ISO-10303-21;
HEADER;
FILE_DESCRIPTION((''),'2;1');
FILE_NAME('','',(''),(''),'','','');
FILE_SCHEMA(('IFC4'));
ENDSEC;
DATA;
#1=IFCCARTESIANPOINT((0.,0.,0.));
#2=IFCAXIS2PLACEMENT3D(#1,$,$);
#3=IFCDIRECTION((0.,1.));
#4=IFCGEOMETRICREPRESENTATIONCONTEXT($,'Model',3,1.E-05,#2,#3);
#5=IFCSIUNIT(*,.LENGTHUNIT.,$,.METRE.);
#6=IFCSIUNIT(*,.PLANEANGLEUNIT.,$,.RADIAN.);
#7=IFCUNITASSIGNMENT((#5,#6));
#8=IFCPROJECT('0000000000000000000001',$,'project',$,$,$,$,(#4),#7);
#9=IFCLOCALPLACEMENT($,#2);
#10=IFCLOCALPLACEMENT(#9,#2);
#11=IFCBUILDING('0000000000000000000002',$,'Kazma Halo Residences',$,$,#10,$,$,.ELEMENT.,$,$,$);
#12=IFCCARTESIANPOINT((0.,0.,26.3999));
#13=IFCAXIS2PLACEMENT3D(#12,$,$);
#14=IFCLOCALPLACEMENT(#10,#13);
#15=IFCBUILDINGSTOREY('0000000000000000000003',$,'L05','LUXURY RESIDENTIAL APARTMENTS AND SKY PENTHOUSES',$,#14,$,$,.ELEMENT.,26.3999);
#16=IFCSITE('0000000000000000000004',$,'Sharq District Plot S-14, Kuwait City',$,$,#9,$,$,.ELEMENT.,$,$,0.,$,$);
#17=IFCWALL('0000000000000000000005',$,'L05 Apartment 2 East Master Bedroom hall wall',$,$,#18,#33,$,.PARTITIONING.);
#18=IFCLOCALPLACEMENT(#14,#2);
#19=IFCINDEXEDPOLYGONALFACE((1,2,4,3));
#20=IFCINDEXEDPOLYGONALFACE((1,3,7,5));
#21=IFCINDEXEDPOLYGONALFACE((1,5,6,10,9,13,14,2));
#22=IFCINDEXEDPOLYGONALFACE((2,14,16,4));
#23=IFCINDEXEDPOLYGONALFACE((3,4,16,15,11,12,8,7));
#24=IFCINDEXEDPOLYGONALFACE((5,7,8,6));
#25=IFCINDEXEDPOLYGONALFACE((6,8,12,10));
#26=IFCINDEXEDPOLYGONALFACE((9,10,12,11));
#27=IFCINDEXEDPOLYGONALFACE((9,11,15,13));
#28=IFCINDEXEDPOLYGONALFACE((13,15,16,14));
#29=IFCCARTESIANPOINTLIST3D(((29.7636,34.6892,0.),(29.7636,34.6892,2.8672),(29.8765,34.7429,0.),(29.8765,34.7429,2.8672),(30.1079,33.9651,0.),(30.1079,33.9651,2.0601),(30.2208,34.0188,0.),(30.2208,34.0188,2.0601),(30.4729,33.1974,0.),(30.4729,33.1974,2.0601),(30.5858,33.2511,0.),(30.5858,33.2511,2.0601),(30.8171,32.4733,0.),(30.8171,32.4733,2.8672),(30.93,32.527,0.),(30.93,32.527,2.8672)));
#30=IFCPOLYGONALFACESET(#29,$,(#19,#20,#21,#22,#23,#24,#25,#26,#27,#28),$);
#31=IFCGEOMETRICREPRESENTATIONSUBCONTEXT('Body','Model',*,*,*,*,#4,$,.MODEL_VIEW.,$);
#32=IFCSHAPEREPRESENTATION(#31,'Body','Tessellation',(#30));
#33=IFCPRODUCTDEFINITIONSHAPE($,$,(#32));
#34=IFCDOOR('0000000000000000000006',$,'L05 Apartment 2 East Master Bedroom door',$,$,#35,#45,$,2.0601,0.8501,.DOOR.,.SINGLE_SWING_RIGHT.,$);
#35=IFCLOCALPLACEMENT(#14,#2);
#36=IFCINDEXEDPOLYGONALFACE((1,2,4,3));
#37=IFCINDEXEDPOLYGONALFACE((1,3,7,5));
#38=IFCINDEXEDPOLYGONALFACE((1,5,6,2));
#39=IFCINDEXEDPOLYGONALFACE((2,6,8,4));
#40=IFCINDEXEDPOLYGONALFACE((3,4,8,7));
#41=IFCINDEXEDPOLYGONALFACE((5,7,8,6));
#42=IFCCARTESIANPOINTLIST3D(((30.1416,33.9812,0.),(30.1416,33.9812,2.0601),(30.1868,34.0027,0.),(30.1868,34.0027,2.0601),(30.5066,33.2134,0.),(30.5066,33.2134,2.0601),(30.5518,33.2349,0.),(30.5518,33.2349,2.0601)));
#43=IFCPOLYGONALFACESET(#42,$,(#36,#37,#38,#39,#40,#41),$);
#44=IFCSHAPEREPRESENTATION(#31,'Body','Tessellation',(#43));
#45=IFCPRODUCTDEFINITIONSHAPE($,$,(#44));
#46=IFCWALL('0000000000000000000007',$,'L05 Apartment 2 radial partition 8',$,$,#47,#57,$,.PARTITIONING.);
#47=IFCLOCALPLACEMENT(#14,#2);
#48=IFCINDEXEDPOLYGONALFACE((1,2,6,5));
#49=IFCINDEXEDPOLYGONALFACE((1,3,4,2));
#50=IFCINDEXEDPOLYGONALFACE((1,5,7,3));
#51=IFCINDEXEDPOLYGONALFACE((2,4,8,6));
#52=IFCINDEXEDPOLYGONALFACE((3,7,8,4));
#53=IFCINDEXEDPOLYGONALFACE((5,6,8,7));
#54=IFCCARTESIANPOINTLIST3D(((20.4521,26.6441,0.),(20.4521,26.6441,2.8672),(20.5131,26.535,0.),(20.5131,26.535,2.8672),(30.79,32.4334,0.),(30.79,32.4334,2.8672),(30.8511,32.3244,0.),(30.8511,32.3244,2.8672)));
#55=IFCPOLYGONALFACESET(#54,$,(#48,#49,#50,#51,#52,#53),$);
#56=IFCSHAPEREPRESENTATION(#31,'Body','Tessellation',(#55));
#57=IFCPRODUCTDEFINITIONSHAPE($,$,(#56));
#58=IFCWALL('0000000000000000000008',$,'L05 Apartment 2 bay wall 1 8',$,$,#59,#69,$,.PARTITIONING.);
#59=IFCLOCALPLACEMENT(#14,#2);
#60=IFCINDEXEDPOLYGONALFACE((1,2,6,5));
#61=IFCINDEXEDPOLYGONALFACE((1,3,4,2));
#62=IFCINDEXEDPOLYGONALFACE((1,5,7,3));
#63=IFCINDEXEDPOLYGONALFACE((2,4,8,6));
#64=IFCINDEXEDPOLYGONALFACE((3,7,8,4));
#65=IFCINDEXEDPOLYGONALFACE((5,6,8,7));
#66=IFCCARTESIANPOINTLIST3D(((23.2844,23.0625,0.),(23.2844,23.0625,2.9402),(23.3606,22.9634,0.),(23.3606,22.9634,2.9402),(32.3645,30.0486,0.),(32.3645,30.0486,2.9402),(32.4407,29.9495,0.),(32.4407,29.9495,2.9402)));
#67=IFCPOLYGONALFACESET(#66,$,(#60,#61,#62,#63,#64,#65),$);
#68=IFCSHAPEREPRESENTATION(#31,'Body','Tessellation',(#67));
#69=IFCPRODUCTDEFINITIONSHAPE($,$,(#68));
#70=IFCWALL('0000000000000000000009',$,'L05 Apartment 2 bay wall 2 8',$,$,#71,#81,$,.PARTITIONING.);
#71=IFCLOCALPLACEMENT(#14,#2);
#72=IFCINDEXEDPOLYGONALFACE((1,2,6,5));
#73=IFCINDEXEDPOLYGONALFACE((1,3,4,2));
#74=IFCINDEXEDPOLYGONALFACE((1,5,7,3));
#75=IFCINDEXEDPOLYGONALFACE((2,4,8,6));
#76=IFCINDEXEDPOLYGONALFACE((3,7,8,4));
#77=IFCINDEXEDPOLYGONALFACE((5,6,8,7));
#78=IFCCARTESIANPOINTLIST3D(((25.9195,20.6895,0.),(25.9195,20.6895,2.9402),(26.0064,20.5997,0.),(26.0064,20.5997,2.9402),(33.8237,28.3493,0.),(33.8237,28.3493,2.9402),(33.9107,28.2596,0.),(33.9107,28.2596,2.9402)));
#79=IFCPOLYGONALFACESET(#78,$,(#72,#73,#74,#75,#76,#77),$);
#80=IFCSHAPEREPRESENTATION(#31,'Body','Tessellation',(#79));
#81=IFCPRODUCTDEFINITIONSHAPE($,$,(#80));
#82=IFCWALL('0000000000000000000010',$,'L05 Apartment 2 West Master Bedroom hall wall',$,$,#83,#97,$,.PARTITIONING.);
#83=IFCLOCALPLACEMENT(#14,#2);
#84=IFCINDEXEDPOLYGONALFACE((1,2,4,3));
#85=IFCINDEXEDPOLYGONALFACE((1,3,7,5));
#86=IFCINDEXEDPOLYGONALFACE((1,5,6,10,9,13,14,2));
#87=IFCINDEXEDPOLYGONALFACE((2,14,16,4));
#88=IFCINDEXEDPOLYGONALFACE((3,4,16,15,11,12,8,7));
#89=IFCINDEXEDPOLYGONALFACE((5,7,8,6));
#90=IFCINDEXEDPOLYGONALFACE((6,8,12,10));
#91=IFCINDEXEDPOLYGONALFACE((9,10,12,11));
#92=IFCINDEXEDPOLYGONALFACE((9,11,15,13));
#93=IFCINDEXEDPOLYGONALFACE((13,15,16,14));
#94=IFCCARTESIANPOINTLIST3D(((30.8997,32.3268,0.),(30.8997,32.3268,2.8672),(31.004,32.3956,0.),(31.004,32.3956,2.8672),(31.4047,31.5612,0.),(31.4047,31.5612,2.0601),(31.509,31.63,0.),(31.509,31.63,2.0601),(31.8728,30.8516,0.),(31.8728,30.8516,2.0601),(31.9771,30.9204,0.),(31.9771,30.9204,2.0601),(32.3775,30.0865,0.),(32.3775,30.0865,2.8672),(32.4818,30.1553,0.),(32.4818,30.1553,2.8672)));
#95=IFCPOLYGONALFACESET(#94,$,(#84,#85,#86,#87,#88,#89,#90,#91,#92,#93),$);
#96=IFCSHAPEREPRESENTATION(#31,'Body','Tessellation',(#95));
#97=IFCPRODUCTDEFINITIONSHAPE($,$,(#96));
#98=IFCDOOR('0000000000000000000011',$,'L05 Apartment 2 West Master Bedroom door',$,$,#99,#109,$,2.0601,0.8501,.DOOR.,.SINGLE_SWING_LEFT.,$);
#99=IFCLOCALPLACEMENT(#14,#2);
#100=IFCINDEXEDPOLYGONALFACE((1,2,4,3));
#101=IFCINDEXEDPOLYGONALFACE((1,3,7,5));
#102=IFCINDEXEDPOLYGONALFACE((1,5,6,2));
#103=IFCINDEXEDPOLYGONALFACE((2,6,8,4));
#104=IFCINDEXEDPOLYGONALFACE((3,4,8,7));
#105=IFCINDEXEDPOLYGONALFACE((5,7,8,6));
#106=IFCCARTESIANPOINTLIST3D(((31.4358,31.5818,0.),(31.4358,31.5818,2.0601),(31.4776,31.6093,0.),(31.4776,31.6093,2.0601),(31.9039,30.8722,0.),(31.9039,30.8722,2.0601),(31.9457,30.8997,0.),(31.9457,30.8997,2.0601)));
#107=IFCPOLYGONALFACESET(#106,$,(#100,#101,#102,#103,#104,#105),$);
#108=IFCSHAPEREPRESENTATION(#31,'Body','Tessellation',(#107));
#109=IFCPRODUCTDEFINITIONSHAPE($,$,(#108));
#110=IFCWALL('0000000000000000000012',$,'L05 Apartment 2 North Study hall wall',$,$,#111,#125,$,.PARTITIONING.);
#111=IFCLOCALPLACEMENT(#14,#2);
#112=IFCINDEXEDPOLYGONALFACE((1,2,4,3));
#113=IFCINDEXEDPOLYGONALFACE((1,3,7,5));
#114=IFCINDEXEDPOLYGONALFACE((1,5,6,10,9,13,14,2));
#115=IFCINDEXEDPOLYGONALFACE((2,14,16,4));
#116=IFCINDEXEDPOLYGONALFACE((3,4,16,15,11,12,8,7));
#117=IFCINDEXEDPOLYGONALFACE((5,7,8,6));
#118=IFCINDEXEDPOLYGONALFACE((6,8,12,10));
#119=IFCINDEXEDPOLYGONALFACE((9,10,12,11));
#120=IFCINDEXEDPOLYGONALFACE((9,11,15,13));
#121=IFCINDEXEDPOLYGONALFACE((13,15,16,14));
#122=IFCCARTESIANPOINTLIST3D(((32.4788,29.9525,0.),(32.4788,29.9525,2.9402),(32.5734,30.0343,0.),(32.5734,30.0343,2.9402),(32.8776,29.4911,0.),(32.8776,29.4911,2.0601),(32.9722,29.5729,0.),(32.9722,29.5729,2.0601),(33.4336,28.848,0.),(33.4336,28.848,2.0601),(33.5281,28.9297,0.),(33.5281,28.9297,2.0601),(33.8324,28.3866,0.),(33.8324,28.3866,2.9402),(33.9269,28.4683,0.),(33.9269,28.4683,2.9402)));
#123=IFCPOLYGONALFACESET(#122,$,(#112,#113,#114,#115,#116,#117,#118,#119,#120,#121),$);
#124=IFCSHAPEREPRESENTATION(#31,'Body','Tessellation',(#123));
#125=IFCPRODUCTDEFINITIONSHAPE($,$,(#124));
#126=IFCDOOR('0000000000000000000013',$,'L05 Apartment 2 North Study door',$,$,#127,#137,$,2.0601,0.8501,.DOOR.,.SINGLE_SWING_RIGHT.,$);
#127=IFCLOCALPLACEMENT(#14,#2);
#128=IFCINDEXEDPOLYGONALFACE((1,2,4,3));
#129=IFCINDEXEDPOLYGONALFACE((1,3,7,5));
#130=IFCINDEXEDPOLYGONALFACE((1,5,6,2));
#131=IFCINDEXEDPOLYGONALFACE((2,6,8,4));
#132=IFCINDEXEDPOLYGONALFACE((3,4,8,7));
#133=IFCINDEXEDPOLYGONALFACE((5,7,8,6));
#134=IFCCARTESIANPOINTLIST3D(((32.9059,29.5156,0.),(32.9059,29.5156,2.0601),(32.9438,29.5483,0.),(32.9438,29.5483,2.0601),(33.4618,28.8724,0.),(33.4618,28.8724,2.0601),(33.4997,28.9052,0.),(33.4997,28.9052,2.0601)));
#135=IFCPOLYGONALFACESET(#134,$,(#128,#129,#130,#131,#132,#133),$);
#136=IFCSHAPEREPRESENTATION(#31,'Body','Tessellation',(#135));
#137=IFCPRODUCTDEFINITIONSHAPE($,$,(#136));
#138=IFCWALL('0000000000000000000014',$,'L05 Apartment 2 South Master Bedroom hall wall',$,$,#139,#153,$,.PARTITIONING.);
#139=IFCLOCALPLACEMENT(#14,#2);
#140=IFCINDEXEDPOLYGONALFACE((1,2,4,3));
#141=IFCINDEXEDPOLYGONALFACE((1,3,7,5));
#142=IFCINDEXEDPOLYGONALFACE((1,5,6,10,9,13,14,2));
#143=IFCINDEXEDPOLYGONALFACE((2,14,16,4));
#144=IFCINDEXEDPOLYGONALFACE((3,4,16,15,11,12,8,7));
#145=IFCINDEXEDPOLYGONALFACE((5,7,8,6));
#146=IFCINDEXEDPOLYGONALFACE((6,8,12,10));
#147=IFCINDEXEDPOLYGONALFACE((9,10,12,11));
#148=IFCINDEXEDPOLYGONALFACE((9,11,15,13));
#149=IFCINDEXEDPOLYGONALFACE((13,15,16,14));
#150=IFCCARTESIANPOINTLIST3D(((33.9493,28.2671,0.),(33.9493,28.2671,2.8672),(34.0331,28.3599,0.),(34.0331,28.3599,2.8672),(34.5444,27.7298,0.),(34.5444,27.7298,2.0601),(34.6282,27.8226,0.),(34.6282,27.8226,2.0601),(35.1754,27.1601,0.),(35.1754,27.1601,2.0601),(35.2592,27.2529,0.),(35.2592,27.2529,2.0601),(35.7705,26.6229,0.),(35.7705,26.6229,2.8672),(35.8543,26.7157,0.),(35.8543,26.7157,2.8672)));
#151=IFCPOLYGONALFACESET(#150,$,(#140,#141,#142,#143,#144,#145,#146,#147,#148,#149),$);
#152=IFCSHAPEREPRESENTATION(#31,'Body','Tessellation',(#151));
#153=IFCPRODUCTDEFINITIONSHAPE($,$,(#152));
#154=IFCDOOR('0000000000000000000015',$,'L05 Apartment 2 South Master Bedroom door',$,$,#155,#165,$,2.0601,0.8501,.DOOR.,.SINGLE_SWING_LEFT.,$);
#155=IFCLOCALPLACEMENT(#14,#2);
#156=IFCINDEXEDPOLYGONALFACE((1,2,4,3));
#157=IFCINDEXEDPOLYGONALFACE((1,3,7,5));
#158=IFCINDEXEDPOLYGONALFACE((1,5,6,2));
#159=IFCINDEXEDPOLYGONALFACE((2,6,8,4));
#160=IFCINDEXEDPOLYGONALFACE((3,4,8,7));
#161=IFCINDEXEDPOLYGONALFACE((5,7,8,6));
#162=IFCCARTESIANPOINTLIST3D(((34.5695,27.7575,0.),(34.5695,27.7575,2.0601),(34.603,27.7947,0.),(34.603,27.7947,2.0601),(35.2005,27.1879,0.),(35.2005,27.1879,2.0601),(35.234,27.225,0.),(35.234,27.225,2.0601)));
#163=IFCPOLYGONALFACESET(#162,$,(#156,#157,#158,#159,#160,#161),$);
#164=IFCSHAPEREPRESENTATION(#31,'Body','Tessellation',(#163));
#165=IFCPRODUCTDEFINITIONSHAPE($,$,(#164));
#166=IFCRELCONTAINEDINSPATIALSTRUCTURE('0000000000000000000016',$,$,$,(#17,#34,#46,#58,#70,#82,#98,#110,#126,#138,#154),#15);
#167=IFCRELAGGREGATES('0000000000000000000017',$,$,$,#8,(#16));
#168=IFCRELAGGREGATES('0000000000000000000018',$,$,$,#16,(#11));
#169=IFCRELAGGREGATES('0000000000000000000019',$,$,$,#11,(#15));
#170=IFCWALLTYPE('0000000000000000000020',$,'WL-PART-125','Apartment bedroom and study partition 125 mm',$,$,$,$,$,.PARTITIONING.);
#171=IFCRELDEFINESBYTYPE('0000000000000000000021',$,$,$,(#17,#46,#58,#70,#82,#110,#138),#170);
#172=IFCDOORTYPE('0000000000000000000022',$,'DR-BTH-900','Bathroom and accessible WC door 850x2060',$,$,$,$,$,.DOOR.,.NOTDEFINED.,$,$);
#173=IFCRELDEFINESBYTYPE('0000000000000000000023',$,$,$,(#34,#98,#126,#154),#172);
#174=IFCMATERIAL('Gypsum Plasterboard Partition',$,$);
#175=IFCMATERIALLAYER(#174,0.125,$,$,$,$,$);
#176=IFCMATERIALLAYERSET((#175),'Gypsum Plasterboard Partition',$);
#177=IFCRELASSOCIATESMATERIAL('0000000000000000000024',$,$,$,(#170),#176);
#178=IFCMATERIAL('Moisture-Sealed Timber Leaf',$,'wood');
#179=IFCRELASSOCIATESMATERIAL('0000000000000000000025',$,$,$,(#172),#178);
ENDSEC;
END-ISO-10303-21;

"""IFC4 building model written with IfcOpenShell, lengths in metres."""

from ifc_helpers import new_model, si_unit, direction, frame, frame_2d, origin, place, context, subcontext, project, spatial, rectangle, extrude, material, layer, layer_set, type_object, element, fill, save


model = new_model("IFC4")

# Units and contexts
model_context = context("Model", 3, precision=1e-05, world=origin(), true_north=direction((0.0, 1.0)))
body_context = subcontext(model_context, "Body", "Model", "MODEL_VIEW")
ifc_project = project(units=[si_unit("LENGTHUNIT", "METRE"), si_unit("PLANEANGLEUNIT", "RADIAN")], contexts=[model_context])

# Site, building, storey
site_placement = place(None, origin())
site = spatial("IfcSite", under=ifc_project, at=site_placement, Name="Sharq District Plot S-14, Kuwait City", CompositionType="ELEMENT", RefElevation=0.0)
building_placement = place(site_placement, origin())
building = spatial("IfcBuilding", under=site, at=building_placement, Name="Kazma Halo Residences", CompositionType="ELEMENT")
storey_placement = place(building_placement, frame((0.0, 0.0, 26.3999)))
storey = spatial("IfcBuildingStorey", under=building, at=storey_placement, Name="L05", Description="LUXURY RESIDENTIAL APARTMENTS AND SKY PENTHOUSES", CompositionType="ELEMENT", Elevation=26.3999)

# Shared definitions
ifc_material_1 = material(Name="Gypsum Plasterboard Partition")
ifc_layer_1 = layer(ifc_material_1, 0.125)
ifc_layer_set_1 = layer_set([ifc_layer_1], Name="Gypsum Plasterboard Partition")
wall_type_1 = type_object("IfcWallType", Name="WL-PART-125", Description="Apartment bedroom and study partition 125 mm", PredefinedType="PARTITIONING", material=ifc_layer_set_1)

# Wall, opening, door
ifc_material_2 = material(Name="Moisture-Sealed Timber Leaf", Category="wood")
door_type = type_object("IfcDoorType", Name="DR-BTH-900", Description="Bathroom and accessible WC door 850x2060", OperationType="NOTDEFINED", PredefinedType="DOOR", material=ifc_material_2)
wall_1_placement = place(storey_placement, frame((29.8201, 34.7161, 0.0), z_axis=(0.0, 0.0, 1.0), x_axis=(0.429373, -0.903127, 0.0)))
wall_1 = element("IfcWall", 1, at=wall_1_placement, inside=storey, type_object=wall_type_1, Name="L05 Apartment 2 East Master Bedroom hall wall", PredefinedType="PARTITIONING", context=body_context, shape_type="SweptSolid", body=[
    extrude(rectangle(XDim=2.4536, YDim=0.125, at=frame_2d((1.2268, 0.0))), origin(), (0.0, 0.0, 1.0), 2.8672),
])
opening_1_placement = place(wall_1_placement, frame((0.8018, 0.0, 0.0)))
opening_1 = element("IfcOpeningElement", 2, at=opening_1_placement, cuts=wall_1, PredefinedType="OPENING", context=body_context, shape_type="SweptSolid", body=[
    extrude(rectangle(XDim=0.8501, YDim=2.0601, at=frame_2d((0.425, 1.03))), frame((0.0, 0.0725, 0.0), z_axis=(0.0, -1.0, 0.0), x_axis=(1.0, 0.0, 0.0)), (0.0, 0.0, 1.0), 0.145),
])
door_1_placement = place(opening_1_placement, origin())
door_1 = element("IfcDoor", 3, at=door_1_placement, inside=storey, type_object=door_type, Name="L05 Apartment 2 East Master Bedroom door", OperationType="SINGLE_SWING_RIGHT", OverallHeight=2.0601, OverallWidth=0.8501, PredefinedType="DOOR", context=body_context, shape_type="SweptSolid", body=[
    extrude(rectangle(XDim=0.8501, YDim=2.0601, at=frame_2d((0.425, 1.03))), frame((0.0, 0.0249, 0.0), z_axis=(0.0, -1.0, 0.0), x_axis=(1.0, 0.0, 0.0)), (0.0, 0.0, 1.0), 0.05),
])
fill(opening_1, door_1)

# Walls
wall_2_placement = place(storey_placement, frame((30.8206, 32.3789, 0.0), z_axis=(0.0, 0.0, 1.0), x_axis=(-0.872503, -0.488609, 0.0)))
element("IfcWall", 4, at=wall_2_placement, inside=storey, type_object=wall_type_1, Name="L05 Apartment 2 radial partition 8", PredefinedType="PARTITIONING", context=body_context, shape_type="SweptSolid", body=[
    extrude(rectangle(XDim=11.8486, YDim=0.125, at=frame_2d((5.9243, 0.0))), origin(), (0.0, 0.0, 1.0), 2.8672),
])
wall_3_placement = place(storey_placement, frame((32.4026, 29.999, 0.0), z_axis=(0.0, 0.0, 1.0), x_axis=(-0.792565, -0.609788, 0.0)))
element("IfcWall", 5, at=wall_3_placement, inside=storey, type_object=wall_type_1, Name="L05 Apartment 2 bay wall 1 8", PredefinedType="PARTITIONING", context=body_context, shape_type="SweptSolid", body=[
    extrude(rectangle(XDim=11.4565, YDim=0.125, at=frame_2d((5.7283, 0.0))), origin(), (0.0, 0.0, 1.0), 2.9402),
])
wall_4_placement = place(storey_placement, frame((33.8672, 28.3044, 0.0), z_axis=(0.0, 0.0, 1.0), x_axis=(-0.718121, -0.695918, 0.0)))
element("IfcWall", 6, at=wall_4_placement, inside=storey, type_object=wall_type_1, Name="L05 Apartment 2 bay wall 2 8", PredefinedType="PARTITIONING", context=body_context, shape_type="SweptSolid", body=[
    extrude(rectangle(XDim=11.0068, YDim=0.125, at=frame_2d((5.5034, 0.0))), origin(), (0.0, 0.0, 1.0), 2.9402),
])

# Walls, openings, doors
wall_5_placement = place(storey_placement, frame((30.9519, 32.3611, 0.0), z_axis=(0.0, 0.0, 1.0), x_axis=(0.550642, -0.834742, 0.0)))
wall_5 = element("IfcWall", 7, at=wall_5_placement, inside=storey, type_object=wall_type_1, Name="L05 Apartment 2 West Master Bedroom hall wall", PredefinedType="PARTITIONING", context=body_context, shape_type="SweptSolid", body=[
    extrude(rectangle(XDim=2.6838, YDim=0.125, at=frame_2d((1.3418, 0.0))), origin(), (0.0, 0.0, 1.0), 2.8672),
])
opening_2_placement = place(wall_5_placement, frame((0.917, 0.0, 0.0)))
opening_2 = element("IfcOpeningElement", 8, at=opening_2_placement, cuts=wall_5, PredefinedType="OPENING", context=body_context, shape_type="SweptSolid", body=[
    extrude(rectangle(XDim=0.8501, YDim=2.0601, at=frame_2d((0.425, 1.03))), frame((0.0, 0.0725, 0.0), z_axis=(0.0, -1.0, 0.0), x_axis=(1.0, 0.0, 0.0)), (0.0, 0.0, 1.0), 0.145),
])
door_2_placement = place(opening_2_placement, origin())
door_2 = element("IfcDoor", 9, at=door_2_placement, inside=storey, type_object=door_type, Name="L05 Apartment 2 West Master Bedroom door", OperationType="SINGLE_SWING_LEFT", OverallHeight=2.0601, OverallWidth=0.8501, PredefinedType="DOOR", context=body_context, shape_type="SweptSolid", body=[
    extrude(rectangle(XDim=0.8501, YDim=2.0601, at=frame_2d((0.425, 1.03))), frame((0.0, 0.0249, 0.0), z_axis=(0.0, -1.0, 0.0), x_axis=(1.0, 0.0, 0.0)), (0.0, 0.0, 1.0), 0.05),
])
fill(opening_2, door_2)
wall_6_placement = place(storey_placement, frame((32.5261, 29.9934, 0.0), z_axis=(0.0, 0.0, 1.0), x_axis=(0.653933, -0.756552, 0.0)))
wall_6 = element("IfcWall", 10, at=wall_6_placement, inside=storey, type_object=wall_type_1, Name="L05 Apartment 2 North Study hall wall", PredefinedType="PARTITIONING", context=body_context, shape_type="SweptSolid", body=[
    extrude(rectangle(XDim=2.0698, YDim=0.125, at=frame_2d((1.0349, 0.0))), origin(), (0.0, 0.0, 1.0), 2.9402),
])
opening_3_placement = place(wall_6_placement, frame((0.6099, 0.0, 0.0)))
opening_3 = element("IfcOpeningElement", 11, at=opening_3_placement, cuts=wall_6, PredefinedType="OPENING", context=body_context, shape_type="SweptSolid", body=[
    extrude(rectangle(XDim=0.8501, YDim=2.0601, at=frame_2d((0.425, 1.03))), frame((0.0, 0.0725, 0.0), z_axis=(0.0, -1.0, 0.0), x_axis=(1.0, 0.0, 0.0)), (0.0, 0.0, 1.0), 0.145),
])
door_3_placement = place(opening_3_placement, origin())
door_3 = element("IfcDoor", 12, at=door_3_placement, inside=storey, type_object=door_type, Name="L05 Apartment 2 North Study door", OperationType="SINGLE_SWING_RIGHT", OverallHeight=2.0601, OverallWidth=0.8501, PredefinedType="DOOR", context=body_context, shape_type="SweptSolid", body=[
    extrude(rectangle(XDim=0.8501, YDim=2.0601, at=frame_2d((0.425, 1.03))), frame((0.0, 0.0249, 0.0), z_axis=(0.0, -1.0, 0.0), x_axis=(1.0, 0.0, 0.0)), (0.0, 0.0, 1.0), 0.05),
])
fill(opening_3, door_3)
wall_7_placement = place(storey_placement, frame((33.9912, 28.3135, 0.0), z_axis=(0.0, 0.0, 1.0), x_axis=(0.742254, -0.670118, 0.0)))
wall_7 = element("IfcWall", 13, at=wall_7_placement, inside=storey, type_object=wall_type_1, Name="L05 Apartment 2 South Master Bedroom hall wall", PredefinedType="PARTITIONING", context=body_context, shape_type="SweptSolid", body=[
    extrude(rectangle(XDim=2.4536, YDim=0.125, at=frame_2d((1.2268, 0.0))), origin(), (0.0, 0.0, 1.0), 2.8672),
])
opening_4_placement = place(wall_7_placement, frame((0.8018, 0.0, 0.0)))
opening_4 = element("IfcOpeningElement", 14, at=opening_4_placement, cuts=wall_7, PredefinedType="OPENING", context=body_context, shape_type="SweptSolid", body=[
    extrude(rectangle(XDim=0.8501, YDim=2.0601, at=frame_2d((0.425, 1.03))), frame((0.0, 0.0725, 0.0), z_axis=(0.0, -1.0, 0.0), x_axis=(1.0, 0.0, 0.0)), (0.0, 0.0, 1.0), 0.145),
])
door_4_placement = place(opening_4_placement, origin())
door_4 = element("IfcDoor", 15, at=door_4_placement, inside=storey, type_object=door_type, Name="L05 Apartment 2 South Master Bedroom door", OperationType="SINGLE_SWING_LEFT", OverallHeight=2.0601, OverallWidth=0.8501, PredefinedType="DOOR", context=body_context, shape_type="SweptSolid", body=[
    extrude(rectangle(XDim=0.8501, YDim=2.0601, at=frame_2d((0.425, 1.03))), frame((0.0, 0.0249, 0.0), z_axis=(0.0, -1.0, 0.0), x_axis=(1.0, 0.0, 0.0)), (0.0, 0.0, 1.0), 0.05),
])
fill(opening_4, door_4)

save(model, "model.ifc")
